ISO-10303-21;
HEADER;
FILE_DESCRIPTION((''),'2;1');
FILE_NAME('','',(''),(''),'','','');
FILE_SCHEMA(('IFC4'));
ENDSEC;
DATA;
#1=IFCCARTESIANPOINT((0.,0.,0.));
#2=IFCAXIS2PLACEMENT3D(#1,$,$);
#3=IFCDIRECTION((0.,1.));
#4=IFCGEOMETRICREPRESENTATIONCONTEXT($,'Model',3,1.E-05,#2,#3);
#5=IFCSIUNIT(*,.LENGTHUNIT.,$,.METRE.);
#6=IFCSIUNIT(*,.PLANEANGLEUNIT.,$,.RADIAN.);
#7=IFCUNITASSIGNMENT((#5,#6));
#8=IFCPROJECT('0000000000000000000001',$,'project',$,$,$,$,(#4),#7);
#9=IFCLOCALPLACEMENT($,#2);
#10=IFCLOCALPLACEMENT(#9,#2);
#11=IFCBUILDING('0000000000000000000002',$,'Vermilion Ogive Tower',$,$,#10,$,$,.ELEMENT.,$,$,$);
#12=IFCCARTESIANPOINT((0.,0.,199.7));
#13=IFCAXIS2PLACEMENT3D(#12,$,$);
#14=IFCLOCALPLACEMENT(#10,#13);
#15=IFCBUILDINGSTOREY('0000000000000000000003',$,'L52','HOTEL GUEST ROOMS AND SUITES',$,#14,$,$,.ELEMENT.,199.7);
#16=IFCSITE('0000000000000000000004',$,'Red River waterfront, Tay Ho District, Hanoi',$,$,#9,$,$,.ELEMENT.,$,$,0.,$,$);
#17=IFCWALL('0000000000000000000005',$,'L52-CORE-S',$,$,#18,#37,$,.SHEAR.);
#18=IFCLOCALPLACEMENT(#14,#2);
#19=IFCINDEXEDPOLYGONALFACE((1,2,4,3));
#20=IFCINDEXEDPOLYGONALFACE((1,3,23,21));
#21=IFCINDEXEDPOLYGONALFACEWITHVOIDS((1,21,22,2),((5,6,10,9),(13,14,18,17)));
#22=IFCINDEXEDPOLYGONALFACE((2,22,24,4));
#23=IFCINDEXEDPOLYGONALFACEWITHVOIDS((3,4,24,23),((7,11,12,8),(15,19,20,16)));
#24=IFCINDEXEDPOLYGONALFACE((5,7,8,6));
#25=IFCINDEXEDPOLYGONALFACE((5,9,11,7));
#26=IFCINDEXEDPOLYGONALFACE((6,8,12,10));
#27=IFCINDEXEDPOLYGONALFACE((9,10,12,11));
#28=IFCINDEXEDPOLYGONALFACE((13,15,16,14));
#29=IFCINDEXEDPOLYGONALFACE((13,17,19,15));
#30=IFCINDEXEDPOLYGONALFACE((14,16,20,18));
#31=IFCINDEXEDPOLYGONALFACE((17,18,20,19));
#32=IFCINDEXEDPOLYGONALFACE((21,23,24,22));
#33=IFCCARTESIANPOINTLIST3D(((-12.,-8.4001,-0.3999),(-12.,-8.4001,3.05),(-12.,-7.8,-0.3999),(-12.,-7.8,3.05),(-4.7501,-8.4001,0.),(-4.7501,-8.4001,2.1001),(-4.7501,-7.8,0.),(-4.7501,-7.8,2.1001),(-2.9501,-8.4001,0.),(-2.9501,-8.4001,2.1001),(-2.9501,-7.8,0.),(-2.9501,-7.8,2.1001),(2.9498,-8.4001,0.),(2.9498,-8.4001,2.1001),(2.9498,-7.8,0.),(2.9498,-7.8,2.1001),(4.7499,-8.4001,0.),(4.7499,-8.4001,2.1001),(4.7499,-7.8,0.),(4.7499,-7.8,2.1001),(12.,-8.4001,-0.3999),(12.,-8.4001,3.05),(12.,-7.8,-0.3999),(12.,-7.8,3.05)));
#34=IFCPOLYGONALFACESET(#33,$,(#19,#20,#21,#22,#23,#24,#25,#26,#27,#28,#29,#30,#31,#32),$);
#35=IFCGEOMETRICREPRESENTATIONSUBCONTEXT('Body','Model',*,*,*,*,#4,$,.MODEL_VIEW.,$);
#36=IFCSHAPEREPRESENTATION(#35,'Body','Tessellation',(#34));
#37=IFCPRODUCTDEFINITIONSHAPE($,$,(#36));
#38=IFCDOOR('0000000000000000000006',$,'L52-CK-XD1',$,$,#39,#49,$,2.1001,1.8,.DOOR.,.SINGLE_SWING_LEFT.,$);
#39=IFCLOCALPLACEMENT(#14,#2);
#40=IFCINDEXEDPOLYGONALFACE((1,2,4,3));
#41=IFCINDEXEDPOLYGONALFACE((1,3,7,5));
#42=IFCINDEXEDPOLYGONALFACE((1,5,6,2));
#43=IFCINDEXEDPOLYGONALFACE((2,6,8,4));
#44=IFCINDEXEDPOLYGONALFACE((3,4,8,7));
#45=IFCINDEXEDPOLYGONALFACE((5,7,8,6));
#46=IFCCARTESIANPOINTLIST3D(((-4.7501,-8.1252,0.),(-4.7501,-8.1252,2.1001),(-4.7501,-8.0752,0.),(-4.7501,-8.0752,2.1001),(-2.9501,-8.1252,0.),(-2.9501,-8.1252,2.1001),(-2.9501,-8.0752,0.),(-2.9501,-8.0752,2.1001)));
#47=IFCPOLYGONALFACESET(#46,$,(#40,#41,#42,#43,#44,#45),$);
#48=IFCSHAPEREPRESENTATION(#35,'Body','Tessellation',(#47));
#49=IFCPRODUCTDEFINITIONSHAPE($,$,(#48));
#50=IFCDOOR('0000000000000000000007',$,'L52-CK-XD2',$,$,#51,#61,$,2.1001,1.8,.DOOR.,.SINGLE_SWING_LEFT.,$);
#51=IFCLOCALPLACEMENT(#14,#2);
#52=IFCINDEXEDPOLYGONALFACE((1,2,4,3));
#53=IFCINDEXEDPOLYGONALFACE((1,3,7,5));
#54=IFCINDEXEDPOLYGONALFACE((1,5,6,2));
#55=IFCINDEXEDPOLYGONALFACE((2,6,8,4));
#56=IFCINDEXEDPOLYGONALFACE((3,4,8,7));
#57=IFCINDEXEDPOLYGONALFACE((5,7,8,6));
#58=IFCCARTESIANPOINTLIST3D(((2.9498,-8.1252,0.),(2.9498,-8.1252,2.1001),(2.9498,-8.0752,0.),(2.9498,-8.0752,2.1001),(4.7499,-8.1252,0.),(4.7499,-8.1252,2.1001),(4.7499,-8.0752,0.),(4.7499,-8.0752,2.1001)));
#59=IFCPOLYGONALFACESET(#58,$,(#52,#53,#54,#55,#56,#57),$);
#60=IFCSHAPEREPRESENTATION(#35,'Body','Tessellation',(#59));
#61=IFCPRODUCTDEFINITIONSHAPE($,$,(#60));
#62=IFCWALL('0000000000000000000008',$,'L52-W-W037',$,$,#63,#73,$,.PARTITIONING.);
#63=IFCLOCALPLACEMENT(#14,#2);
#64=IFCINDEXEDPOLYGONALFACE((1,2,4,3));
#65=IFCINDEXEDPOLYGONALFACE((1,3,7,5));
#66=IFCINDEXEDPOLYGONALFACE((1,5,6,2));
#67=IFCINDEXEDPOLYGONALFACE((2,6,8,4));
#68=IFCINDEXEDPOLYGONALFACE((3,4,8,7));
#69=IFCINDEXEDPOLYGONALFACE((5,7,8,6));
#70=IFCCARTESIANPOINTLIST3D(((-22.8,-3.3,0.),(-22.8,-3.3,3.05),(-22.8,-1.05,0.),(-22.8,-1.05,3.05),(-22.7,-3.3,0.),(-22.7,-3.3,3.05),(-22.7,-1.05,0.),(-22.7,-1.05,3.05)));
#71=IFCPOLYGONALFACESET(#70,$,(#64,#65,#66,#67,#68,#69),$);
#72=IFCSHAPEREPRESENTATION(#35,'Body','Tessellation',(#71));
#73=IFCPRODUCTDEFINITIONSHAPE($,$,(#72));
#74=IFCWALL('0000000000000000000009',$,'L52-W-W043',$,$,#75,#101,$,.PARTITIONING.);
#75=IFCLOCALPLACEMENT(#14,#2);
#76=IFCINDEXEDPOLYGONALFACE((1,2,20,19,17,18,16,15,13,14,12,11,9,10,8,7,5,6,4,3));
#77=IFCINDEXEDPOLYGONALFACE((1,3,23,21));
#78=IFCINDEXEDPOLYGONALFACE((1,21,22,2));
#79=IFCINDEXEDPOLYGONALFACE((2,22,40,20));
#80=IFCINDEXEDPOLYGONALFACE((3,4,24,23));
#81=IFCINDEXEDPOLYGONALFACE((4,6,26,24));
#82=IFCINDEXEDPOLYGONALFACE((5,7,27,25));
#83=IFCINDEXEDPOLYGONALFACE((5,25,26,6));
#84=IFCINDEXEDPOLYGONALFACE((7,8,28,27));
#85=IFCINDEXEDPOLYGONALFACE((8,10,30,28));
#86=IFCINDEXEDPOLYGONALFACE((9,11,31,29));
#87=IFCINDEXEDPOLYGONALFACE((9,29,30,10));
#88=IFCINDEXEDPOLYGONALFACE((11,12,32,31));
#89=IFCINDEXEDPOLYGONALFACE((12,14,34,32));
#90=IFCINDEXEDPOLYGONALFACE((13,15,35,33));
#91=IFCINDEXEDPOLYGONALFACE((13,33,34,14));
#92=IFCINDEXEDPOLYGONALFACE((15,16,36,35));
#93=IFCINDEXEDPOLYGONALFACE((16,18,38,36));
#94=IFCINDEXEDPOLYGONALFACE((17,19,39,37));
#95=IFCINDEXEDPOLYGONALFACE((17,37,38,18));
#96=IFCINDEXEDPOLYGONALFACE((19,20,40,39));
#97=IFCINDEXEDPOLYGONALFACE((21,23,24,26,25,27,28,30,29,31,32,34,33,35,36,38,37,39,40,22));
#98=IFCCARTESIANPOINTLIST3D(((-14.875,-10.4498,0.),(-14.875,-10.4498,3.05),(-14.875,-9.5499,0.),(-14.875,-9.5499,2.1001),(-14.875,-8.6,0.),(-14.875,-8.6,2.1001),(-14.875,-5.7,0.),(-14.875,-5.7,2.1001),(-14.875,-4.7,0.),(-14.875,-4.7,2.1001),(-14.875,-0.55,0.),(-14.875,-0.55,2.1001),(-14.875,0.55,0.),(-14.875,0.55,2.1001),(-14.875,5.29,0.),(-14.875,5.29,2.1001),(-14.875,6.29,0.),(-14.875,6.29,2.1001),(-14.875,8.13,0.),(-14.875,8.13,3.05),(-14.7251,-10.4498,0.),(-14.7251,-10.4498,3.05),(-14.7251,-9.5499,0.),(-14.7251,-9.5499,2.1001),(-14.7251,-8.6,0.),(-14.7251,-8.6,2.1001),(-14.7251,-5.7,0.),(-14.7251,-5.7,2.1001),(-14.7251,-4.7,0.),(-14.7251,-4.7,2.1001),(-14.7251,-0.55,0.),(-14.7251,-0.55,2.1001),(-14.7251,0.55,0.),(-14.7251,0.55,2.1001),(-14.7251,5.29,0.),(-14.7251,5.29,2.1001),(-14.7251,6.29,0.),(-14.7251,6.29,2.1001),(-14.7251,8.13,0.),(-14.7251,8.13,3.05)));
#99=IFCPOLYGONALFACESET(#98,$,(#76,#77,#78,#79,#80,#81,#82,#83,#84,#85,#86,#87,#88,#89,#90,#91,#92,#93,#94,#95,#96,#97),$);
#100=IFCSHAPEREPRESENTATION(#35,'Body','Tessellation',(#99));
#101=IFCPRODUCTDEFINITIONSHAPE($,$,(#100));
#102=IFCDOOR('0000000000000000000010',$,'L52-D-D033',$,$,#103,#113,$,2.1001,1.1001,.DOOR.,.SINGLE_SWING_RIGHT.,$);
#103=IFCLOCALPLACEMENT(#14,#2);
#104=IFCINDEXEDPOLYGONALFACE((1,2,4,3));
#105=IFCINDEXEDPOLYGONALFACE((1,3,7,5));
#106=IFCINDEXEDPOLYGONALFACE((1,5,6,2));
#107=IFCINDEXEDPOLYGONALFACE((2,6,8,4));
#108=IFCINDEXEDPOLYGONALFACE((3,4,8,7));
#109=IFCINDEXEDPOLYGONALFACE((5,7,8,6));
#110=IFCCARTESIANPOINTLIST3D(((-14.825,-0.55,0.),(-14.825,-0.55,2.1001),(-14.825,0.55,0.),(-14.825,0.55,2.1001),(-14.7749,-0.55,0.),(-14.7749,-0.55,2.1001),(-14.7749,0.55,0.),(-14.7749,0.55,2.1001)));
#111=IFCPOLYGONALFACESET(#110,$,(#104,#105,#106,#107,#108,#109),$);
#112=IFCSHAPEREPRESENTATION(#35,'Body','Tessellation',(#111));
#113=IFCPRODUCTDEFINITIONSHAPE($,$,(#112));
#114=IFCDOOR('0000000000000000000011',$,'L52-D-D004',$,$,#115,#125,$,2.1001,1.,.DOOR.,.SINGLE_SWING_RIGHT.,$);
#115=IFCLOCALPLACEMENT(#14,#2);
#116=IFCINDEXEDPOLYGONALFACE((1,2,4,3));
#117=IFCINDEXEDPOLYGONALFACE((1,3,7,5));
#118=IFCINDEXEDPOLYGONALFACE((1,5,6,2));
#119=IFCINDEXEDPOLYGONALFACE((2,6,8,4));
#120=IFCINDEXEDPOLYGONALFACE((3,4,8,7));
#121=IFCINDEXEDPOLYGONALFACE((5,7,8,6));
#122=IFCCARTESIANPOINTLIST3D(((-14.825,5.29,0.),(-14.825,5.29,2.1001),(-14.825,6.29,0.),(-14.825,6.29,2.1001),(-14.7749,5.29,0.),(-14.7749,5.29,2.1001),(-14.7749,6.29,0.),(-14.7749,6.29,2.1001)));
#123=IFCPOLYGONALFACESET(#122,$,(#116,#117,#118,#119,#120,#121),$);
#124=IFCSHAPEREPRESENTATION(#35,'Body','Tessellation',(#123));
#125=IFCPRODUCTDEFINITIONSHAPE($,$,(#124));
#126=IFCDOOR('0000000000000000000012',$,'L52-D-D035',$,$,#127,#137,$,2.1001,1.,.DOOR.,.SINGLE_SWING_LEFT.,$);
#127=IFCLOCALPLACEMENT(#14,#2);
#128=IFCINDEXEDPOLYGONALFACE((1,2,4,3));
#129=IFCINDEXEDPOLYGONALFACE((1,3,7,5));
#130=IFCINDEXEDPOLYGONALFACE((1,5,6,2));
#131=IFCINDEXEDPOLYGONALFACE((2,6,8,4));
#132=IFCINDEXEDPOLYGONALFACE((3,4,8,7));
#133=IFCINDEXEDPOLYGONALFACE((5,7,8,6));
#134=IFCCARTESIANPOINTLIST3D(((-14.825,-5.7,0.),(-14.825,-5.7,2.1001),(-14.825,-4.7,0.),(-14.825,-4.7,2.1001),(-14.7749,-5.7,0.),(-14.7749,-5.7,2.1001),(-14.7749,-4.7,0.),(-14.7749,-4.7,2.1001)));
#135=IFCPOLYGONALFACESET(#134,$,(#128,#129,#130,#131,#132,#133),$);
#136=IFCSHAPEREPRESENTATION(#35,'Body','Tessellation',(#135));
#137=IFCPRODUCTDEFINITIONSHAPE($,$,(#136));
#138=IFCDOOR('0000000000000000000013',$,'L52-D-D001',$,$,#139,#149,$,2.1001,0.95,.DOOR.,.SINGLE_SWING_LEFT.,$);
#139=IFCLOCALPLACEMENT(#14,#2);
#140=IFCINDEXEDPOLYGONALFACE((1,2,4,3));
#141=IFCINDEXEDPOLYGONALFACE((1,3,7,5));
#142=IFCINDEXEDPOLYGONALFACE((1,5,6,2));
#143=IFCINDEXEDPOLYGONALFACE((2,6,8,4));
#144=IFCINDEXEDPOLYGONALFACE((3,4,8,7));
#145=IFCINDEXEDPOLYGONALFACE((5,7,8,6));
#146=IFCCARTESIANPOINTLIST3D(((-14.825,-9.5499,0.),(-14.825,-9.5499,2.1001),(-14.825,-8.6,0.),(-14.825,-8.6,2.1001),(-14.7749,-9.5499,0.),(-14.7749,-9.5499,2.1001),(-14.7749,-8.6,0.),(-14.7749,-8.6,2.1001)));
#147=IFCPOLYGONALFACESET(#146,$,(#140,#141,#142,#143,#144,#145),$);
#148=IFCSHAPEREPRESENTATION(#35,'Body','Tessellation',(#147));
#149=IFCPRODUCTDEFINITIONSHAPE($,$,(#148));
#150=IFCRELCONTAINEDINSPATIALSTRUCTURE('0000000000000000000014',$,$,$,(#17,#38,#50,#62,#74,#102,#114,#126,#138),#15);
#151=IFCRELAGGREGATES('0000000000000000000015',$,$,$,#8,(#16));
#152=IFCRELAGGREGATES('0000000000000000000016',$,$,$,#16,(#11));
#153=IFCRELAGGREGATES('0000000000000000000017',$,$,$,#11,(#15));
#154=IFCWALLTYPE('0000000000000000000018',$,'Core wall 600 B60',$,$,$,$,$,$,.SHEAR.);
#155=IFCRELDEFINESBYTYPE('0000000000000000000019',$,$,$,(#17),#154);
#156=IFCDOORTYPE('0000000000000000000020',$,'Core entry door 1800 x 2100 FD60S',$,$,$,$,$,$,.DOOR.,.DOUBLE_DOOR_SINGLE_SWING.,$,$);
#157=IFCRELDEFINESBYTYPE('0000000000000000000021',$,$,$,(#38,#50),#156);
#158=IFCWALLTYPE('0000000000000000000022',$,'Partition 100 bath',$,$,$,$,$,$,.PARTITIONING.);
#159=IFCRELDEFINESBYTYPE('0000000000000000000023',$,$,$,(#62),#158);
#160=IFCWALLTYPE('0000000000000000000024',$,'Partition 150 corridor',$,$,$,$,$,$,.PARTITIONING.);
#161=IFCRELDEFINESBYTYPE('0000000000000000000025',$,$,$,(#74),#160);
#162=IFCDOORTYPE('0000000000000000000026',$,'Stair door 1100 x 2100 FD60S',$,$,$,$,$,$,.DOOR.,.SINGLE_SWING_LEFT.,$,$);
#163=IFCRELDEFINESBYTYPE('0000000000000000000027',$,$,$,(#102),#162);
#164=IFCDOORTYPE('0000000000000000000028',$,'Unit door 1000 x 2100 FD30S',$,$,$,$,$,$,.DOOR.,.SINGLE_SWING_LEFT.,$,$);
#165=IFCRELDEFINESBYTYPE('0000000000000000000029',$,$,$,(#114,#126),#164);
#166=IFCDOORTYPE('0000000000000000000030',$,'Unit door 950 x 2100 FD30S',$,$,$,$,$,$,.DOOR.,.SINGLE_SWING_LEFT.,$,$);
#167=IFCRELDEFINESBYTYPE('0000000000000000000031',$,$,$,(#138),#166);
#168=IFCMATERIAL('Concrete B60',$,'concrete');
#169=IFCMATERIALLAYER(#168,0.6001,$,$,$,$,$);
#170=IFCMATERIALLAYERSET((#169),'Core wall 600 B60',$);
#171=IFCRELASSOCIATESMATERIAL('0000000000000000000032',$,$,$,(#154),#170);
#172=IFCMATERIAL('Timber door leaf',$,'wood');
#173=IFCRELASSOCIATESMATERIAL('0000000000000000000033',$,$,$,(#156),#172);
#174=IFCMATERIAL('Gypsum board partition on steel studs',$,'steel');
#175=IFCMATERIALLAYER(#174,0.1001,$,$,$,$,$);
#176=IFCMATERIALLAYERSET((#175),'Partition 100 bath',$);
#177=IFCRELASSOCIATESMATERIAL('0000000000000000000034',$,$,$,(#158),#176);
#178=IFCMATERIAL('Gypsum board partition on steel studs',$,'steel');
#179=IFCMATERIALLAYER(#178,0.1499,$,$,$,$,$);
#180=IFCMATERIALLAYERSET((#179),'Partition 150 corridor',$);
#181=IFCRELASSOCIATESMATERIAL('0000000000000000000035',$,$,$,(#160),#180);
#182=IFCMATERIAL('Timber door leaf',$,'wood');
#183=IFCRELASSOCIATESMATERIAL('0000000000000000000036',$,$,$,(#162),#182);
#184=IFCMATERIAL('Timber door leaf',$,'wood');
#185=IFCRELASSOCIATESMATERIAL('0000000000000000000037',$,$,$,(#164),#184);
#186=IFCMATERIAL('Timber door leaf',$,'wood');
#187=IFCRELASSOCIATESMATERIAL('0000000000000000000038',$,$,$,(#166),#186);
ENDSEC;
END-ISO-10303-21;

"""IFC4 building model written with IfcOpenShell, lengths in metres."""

from ifc_helpers import new_model, si_unit, direction, frame, frame_2d, origin, place, context, subcontext, project, spatial, rectangle, extrude, material, layer, layer_set, type_object, element, fill, save


model = new_model("IFC4")

# Units and contexts
model_context = context("Model", 3, precision=1e-05, world=origin(), true_north=direction((0.0, 1.0)))
body_context = subcontext(model_context, "Body", "Model", "MODEL_VIEW")
ifc_project = project(units=[si_unit("LENGTHUNIT", "METRE"), si_unit("PLANEANGLEUNIT", "RADIAN")], contexts=[model_context])

# Site, building, storey
site_placement = place(None, origin())
site = spatial("IfcSite", under=ifc_project, at=site_placement, Name="Red River waterfront, Tay Ho District, Hanoi", CompositionType="ELEMENT", RefElevation=0.0)
building_placement = place(site_placement, origin())
building = spatial("IfcBuilding", under=site, at=building_placement, Name="Vermilion Ogive Tower", CompositionType="ELEMENT")
storey_placement = place(building_placement, frame((0.0, 0.0, 199.7)))
storey = spatial("IfcBuildingStorey", under=building, at=storey_placement, Name="L52", Description="HOTEL GUEST ROOMS AND SUITES", CompositionType="ELEMENT", Elevation=199.7)

# Wall, openings, doors
ifc_material_1 = material(Name="Concrete B60", Category="concrete")
ifc_layer_1 = layer(ifc_material_1, 0.6001)
ifc_layer_set_1 = layer_set([ifc_layer_1], Name="Core wall 600 B60")
wall_type_1 = type_object("IfcWallType", Name="Core wall 600 B60", PredefinedType="SHEAR", material=ifc_layer_set_1)
wall_1_placement = place(storey_placement, frame((-12.0, -8.1001, -0.3999), z_axis=(0.0, 0.0, 1.0), x_axis=(1.0, 0.0, 0.0)))
wall_1 = element("IfcWall", 1, at=wall_1_placement, inside=storey, type_object=wall_type_1, Name="L52-CORE-S", PredefinedType="SHEAR", context=body_context, shape_type="SweptSolid", body=[
    extrude(rectangle(XDim=24.0, YDim=0.6001, at=frame_2d((12.0, 0.0))), origin(), (0.0, 0.0, 1.0), 3.45),
])
opening_1_placement = place(wall_1_placement, frame((7.25, 0.0, 0.3999)))
opening_1 = element("IfcOpeningElement", 2, at=opening_1_placement, cuts=wall_1, PredefinedType="OPENING", context=body_context, shape_type="SweptSolid", body=[
    extrude(rectangle(XDim=1.8, YDim=2.1001, at=frame_2d((0.8999, 1.05))), frame((0.0, 0.3101, 0.0), z_axis=(0.0, -1.0, 0.0), x_axis=(1.0, 0.0, 0.0)), (0.0, 0.0, 1.0), 0.6201),
])
opening_2_placement = place(wall_1_placement, frame((14.95, 0.0, 0.3999)))
opening_2 = element("IfcOpeningElement", 3, at=opening_2_placement, cuts=wall_1, PredefinedType="OPENING", context=body_context, shape_type="SweptSolid", body=[
    extrude(rectangle(XDim=1.8, YDim=2.1001, at=frame_2d((0.8999, 1.05))), frame((0.0, 0.3101, 0.0), z_axis=(0.0, -1.0, 0.0), x_axis=(1.0, 0.0, 0.0)), (0.0, 0.0, 1.0), 0.6201),
])
ifc_material_2 = material(Name="Timber door leaf", Category="wood")
door_type_1 = type_object("IfcDoorType", Name="Core entry door 1800 x 2100 FD60S", OperationType="DOUBLE_DOOR_SINGLE_SWING", PredefinedType="DOOR", material=ifc_material_2)
door_1_placement = place(opening_1_placement, origin())
door_1 = element("IfcDoor", 4, at=door_1_placement, inside=storey, type_object=door_type_1, Name="L52-CK-XD1", OperationType="SINGLE_SWING_LEFT", OverallHeight=2.1001, OverallWidth=1.8, PredefinedType="DOOR", context=body_context, shape_type="SweptSolid", body=[
    extrude(rectangle(XDim=1.8, YDim=2.1001, at=frame_2d((0.8999, 1.05))), frame((0.0, 0.0249, 0.0), z_axis=(0.0, -1.0, 0.0), x_axis=(1.0, 0.0, 0.0)), (0.0, 0.0, 1.0), 0.05),
])
fill(opening_1, door_1)
door_2_placement = place(opening_2_placement, origin())
door_2 = element("IfcDoor", 5, at=door_2_placement, inside=storey, type_object=door_type_1, Name="L52-CK-XD2", OperationType="SINGLE_SWING_LEFT", OverallHeight=2.1001, OverallWidth=1.8, PredefinedType="DOOR", context=body_context, shape_type="SweptSolid", body=[
    extrude(rectangle(XDim=1.8, YDim=2.1001, at=frame_2d((0.8999, 1.05))), frame((0.0, 0.0249, 0.0), z_axis=(0.0, -1.0, 0.0), x_axis=(1.0, 0.0, 0.0)), (0.0, 0.0, 1.0), 0.05),
])
fill(opening_2, door_2)

# Wall
ifc_material_3 = material(Name="Gypsum board partition on steel studs", Category="steel")
ifc_layer_2 = layer(ifc_material_3, 0.1001)
ifc_layer_set_2 = layer_set([ifc_layer_2], Name="Partition 100 bath")
wall_type_2 = type_object("IfcWallType", Name="Partition 100 bath", PredefinedType="PARTITIONING", material=ifc_layer_set_2)
wall_2_placement = place(storey_placement, frame((-22.75, -3.3, 0.0), z_axis=(0.0, 0.0, 1.0), x_axis=(0.0, 1.0, 0.0)))
element("IfcWall", 6, at=wall_2_placement, inside=storey, type_object=wall_type_2, Name="L52-W-W037", PredefinedType="PARTITIONING", context=body_context, shape_type="SweptSolid", body=[
    extrude(rectangle(XDim=2.25, YDim=0.1001, at=frame_2d((1.125, 0.0))), origin(), (0.0, 0.0, 1.0), 3.05),
])

# Wall, openings, doors
ifc_material_4 = material(Name="Gypsum board partition on steel studs", Category="steel")
ifc_layer_3 = layer(ifc_material_4, 0.1499)
ifc_layer_set_3 = layer_set([ifc_layer_3], Name="Partition 150 corridor")
wall_type_3 = type_object("IfcWallType", Name="Partition 150 corridor", PredefinedType="PARTITIONING", material=ifc_layer_set_3)
wall_3_placement = place(storey_placement, frame((-14.8, -10.45, 0.0), z_axis=(0.0, 0.0, 1.0), x_axis=(0.0, 1.0, 0.0)))
wall_3 = element("IfcWall", 7, at=wall_3_placement, inside=storey, type_object=wall_type_3, Name="L52-W-W043", PredefinedType="PARTITIONING", context=body_context, shape_type="SweptSolid", body=[
    extrude(rectangle(XDim=18.5798, YDim=0.1499, at=frame_2d((9.29, 0.0))), origin(), (0.0, 0.0, 1.0), 3.05),
])
opening_3_placement = place(wall_3_placement, frame((0.8999, 0.0, 0.0)))
opening_3 = element("IfcOpeningElement", 8, at=opening_3_placement, cuts=wall_3, PredefinedType="OPENING", context=body_context, shape_type="SweptSolid", body=[
    extrude(rectangle(XDim=0.95, YDim=2.1001, at=frame_2d((0.4751, 1.05))), frame((0.0, 0.085, 0.0), z_axis=(0.0, -1.0, 0.0), x_axis=(1.0, 0.0, 0.0)), (0.0, 0.0, 1.0), 0.1699),
])
opening_4_placement = place(wall_3_placement, frame((15.74, 0.0, 0.0)))
opening_4 = element("IfcOpeningElement", 9, at=opening_4_placement, cuts=wall_3, PredefinedType="OPENING", context=body_context, shape_type="SweptSolid", body=[
    extrude(rectangle(XDim=1.0, YDim=2.1001, at=frame_2d((0.5, 1.05))), frame((0.0, 0.085, 0.0), z_axis=(0.0, -1.0, 0.0), x_axis=(1.0, 0.0, 0.0)), (0.0, 0.0, 1.0), 0.1699),
])
opening_5_placement = place(wall_3_placement, frame((9.8999, 0.0, 0.0)))
opening_5 = element("IfcOpeningElement", 10, at=opening_5_placement, cuts=wall_3, PredefinedType="OPENING", context=body_context, shape_type="SweptSolid", body=[
    extrude(rectangle(XDim=1.1001, YDim=2.1001, at=frame_2d((0.55, 1.05))), frame((0.0, 0.085, 0.0), z_axis=(0.0, -1.0, 0.0), x_axis=(1.0, 0.0, 0.0)), (0.0, 0.0, 1.0), 0.1699),
])
opening_6_placement = place(wall_3_placement, frame((4.75, 0.0, 0.0)))
opening_6 = element("IfcOpeningElement", 11, at=opening_6_placement, cuts=wall_3, PredefinedType="OPENING", context=body_context, shape_type="SweptSolid", body=[
    extrude(rectangle(XDim=1.0, YDim=2.1001, at=frame_2d((0.5, 1.05))), frame((0.0, 0.085, 0.0), z_axis=(0.0, -1.0, 0.0), x_axis=(1.0, 0.0, 0.0)), (0.0, 0.0, 1.0), 0.1699),
])
ifc_material_5 = material(Name="Timber door leaf", Category="wood")
door_type_2 = type_object("IfcDoorType", Name="Stair door 1100 x 2100 FD60S", OperationType="SINGLE_SWING_LEFT", PredefinedType="DOOR", material=ifc_material_5)
door_3_placement = place(opening_5_placement, origin())
door_3 = element("IfcDoor", 12, at=door_3_placement, inside=storey, type_object=door_type_2, Name="L52-D-D033", OperationType="SINGLE_SWING_RIGHT", OverallHeight=2.1001, OverallWidth=1.1001, PredefinedType="DOOR", context=body_context, shape_type="SweptSolid", body=[
    extrude(rectangle(XDim=1.1001, YDim=2.1001, at=frame_2d((0.55, 1.05))), frame((0.0, 0.0249, 0.0), z_axis=(0.0, -1.0, 0.0), x_axis=(1.0, 0.0, 0.0)), (0.0, 0.0, 1.0), 0.05),
])
fill(opening_5, door_3)
ifc_material_6 = material(Name="Timber door leaf", Category="wood")
door_type_3 = type_object("IfcDoorType", Name="Unit door 1000 x 2100 FD30S", OperationType="SINGLE_SWING_LEFT", PredefinedType="DOOR", material=ifc_material_6)
door_4_placement = place(opening_4_placement, origin())
door_4 = element("IfcDoor", 13, at=door_4_placement, inside=storey, type_object=door_type_3, Name="L52-D-D004", OperationType="SINGLE_SWING_RIGHT", OverallHeight=2.1001, OverallWidth=1.0, PredefinedType="DOOR", context=body_context, shape_type="SweptSolid", body=[
    extrude(rectangle(XDim=1.0, YDim=2.1001, at=frame_2d((0.5, 1.05))), frame((0.0, 0.0249, 0.0), z_axis=(0.0, -1.0, 0.0), x_axis=(1.0, 0.0, 0.0)), (0.0, 0.0, 1.0), 0.05),
])
fill(opening_4, door_4)
door_5_placement = place(opening_6_placement, origin())
door_5 = element("IfcDoor", 14, at=door_5_placement, inside=storey, type_object=door_type_3, Name="L52-D-D035", OperationType="SINGLE_SWING_LEFT", OverallHeight=2.1001, OverallWidth=1.0, PredefinedType="DOOR", context=body_context, shape_type="SweptSolid", body=[
    extrude(rectangle(XDim=1.0, YDim=2.1001, at=frame_2d((0.5, 1.05))), frame((0.0, 0.0249, 0.0), z_axis=(0.0, -1.0, 0.0), x_axis=(1.0, 0.0, 0.0)), (0.0, 0.0, 1.0), 0.05),
])
fill(opening_6, door_5)
ifc_material_7 = material(Name="Timber door leaf", Category="wood")
door_type_4 = type_object("IfcDoorType", Name="Unit door 950 x 2100 FD30S", OperationType="SINGLE_SWING_LEFT", PredefinedType="DOOR", material=ifc_material_7)
door_6_placement = place(opening_3_placement, origin())
door_6 = element("IfcDoor", 15, at=door_6_placement, inside=storey, type_object=door_type_4, Name="L52-D-D001", OperationType="SINGLE_SWING_LEFT", OverallHeight=2.1001, OverallWidth=0.95, PredefinedType="DOOR", context=body_context, shape_type="SweptSolid", body=[
    extrude(rectangle(XDim=0.95, YDim=2.1001, at=frame_2d((0.4751, 1.05))), frame((0.0, 0.0249, 0.0), z_axis=(0.0, -1.0, 0.0), x_axis=(1.0, 0.0, 0.0)), (0.0, 0.0, 1.0), 0.05),
])
fill(opening_3, door_6)

save(model, "model.ifc")
